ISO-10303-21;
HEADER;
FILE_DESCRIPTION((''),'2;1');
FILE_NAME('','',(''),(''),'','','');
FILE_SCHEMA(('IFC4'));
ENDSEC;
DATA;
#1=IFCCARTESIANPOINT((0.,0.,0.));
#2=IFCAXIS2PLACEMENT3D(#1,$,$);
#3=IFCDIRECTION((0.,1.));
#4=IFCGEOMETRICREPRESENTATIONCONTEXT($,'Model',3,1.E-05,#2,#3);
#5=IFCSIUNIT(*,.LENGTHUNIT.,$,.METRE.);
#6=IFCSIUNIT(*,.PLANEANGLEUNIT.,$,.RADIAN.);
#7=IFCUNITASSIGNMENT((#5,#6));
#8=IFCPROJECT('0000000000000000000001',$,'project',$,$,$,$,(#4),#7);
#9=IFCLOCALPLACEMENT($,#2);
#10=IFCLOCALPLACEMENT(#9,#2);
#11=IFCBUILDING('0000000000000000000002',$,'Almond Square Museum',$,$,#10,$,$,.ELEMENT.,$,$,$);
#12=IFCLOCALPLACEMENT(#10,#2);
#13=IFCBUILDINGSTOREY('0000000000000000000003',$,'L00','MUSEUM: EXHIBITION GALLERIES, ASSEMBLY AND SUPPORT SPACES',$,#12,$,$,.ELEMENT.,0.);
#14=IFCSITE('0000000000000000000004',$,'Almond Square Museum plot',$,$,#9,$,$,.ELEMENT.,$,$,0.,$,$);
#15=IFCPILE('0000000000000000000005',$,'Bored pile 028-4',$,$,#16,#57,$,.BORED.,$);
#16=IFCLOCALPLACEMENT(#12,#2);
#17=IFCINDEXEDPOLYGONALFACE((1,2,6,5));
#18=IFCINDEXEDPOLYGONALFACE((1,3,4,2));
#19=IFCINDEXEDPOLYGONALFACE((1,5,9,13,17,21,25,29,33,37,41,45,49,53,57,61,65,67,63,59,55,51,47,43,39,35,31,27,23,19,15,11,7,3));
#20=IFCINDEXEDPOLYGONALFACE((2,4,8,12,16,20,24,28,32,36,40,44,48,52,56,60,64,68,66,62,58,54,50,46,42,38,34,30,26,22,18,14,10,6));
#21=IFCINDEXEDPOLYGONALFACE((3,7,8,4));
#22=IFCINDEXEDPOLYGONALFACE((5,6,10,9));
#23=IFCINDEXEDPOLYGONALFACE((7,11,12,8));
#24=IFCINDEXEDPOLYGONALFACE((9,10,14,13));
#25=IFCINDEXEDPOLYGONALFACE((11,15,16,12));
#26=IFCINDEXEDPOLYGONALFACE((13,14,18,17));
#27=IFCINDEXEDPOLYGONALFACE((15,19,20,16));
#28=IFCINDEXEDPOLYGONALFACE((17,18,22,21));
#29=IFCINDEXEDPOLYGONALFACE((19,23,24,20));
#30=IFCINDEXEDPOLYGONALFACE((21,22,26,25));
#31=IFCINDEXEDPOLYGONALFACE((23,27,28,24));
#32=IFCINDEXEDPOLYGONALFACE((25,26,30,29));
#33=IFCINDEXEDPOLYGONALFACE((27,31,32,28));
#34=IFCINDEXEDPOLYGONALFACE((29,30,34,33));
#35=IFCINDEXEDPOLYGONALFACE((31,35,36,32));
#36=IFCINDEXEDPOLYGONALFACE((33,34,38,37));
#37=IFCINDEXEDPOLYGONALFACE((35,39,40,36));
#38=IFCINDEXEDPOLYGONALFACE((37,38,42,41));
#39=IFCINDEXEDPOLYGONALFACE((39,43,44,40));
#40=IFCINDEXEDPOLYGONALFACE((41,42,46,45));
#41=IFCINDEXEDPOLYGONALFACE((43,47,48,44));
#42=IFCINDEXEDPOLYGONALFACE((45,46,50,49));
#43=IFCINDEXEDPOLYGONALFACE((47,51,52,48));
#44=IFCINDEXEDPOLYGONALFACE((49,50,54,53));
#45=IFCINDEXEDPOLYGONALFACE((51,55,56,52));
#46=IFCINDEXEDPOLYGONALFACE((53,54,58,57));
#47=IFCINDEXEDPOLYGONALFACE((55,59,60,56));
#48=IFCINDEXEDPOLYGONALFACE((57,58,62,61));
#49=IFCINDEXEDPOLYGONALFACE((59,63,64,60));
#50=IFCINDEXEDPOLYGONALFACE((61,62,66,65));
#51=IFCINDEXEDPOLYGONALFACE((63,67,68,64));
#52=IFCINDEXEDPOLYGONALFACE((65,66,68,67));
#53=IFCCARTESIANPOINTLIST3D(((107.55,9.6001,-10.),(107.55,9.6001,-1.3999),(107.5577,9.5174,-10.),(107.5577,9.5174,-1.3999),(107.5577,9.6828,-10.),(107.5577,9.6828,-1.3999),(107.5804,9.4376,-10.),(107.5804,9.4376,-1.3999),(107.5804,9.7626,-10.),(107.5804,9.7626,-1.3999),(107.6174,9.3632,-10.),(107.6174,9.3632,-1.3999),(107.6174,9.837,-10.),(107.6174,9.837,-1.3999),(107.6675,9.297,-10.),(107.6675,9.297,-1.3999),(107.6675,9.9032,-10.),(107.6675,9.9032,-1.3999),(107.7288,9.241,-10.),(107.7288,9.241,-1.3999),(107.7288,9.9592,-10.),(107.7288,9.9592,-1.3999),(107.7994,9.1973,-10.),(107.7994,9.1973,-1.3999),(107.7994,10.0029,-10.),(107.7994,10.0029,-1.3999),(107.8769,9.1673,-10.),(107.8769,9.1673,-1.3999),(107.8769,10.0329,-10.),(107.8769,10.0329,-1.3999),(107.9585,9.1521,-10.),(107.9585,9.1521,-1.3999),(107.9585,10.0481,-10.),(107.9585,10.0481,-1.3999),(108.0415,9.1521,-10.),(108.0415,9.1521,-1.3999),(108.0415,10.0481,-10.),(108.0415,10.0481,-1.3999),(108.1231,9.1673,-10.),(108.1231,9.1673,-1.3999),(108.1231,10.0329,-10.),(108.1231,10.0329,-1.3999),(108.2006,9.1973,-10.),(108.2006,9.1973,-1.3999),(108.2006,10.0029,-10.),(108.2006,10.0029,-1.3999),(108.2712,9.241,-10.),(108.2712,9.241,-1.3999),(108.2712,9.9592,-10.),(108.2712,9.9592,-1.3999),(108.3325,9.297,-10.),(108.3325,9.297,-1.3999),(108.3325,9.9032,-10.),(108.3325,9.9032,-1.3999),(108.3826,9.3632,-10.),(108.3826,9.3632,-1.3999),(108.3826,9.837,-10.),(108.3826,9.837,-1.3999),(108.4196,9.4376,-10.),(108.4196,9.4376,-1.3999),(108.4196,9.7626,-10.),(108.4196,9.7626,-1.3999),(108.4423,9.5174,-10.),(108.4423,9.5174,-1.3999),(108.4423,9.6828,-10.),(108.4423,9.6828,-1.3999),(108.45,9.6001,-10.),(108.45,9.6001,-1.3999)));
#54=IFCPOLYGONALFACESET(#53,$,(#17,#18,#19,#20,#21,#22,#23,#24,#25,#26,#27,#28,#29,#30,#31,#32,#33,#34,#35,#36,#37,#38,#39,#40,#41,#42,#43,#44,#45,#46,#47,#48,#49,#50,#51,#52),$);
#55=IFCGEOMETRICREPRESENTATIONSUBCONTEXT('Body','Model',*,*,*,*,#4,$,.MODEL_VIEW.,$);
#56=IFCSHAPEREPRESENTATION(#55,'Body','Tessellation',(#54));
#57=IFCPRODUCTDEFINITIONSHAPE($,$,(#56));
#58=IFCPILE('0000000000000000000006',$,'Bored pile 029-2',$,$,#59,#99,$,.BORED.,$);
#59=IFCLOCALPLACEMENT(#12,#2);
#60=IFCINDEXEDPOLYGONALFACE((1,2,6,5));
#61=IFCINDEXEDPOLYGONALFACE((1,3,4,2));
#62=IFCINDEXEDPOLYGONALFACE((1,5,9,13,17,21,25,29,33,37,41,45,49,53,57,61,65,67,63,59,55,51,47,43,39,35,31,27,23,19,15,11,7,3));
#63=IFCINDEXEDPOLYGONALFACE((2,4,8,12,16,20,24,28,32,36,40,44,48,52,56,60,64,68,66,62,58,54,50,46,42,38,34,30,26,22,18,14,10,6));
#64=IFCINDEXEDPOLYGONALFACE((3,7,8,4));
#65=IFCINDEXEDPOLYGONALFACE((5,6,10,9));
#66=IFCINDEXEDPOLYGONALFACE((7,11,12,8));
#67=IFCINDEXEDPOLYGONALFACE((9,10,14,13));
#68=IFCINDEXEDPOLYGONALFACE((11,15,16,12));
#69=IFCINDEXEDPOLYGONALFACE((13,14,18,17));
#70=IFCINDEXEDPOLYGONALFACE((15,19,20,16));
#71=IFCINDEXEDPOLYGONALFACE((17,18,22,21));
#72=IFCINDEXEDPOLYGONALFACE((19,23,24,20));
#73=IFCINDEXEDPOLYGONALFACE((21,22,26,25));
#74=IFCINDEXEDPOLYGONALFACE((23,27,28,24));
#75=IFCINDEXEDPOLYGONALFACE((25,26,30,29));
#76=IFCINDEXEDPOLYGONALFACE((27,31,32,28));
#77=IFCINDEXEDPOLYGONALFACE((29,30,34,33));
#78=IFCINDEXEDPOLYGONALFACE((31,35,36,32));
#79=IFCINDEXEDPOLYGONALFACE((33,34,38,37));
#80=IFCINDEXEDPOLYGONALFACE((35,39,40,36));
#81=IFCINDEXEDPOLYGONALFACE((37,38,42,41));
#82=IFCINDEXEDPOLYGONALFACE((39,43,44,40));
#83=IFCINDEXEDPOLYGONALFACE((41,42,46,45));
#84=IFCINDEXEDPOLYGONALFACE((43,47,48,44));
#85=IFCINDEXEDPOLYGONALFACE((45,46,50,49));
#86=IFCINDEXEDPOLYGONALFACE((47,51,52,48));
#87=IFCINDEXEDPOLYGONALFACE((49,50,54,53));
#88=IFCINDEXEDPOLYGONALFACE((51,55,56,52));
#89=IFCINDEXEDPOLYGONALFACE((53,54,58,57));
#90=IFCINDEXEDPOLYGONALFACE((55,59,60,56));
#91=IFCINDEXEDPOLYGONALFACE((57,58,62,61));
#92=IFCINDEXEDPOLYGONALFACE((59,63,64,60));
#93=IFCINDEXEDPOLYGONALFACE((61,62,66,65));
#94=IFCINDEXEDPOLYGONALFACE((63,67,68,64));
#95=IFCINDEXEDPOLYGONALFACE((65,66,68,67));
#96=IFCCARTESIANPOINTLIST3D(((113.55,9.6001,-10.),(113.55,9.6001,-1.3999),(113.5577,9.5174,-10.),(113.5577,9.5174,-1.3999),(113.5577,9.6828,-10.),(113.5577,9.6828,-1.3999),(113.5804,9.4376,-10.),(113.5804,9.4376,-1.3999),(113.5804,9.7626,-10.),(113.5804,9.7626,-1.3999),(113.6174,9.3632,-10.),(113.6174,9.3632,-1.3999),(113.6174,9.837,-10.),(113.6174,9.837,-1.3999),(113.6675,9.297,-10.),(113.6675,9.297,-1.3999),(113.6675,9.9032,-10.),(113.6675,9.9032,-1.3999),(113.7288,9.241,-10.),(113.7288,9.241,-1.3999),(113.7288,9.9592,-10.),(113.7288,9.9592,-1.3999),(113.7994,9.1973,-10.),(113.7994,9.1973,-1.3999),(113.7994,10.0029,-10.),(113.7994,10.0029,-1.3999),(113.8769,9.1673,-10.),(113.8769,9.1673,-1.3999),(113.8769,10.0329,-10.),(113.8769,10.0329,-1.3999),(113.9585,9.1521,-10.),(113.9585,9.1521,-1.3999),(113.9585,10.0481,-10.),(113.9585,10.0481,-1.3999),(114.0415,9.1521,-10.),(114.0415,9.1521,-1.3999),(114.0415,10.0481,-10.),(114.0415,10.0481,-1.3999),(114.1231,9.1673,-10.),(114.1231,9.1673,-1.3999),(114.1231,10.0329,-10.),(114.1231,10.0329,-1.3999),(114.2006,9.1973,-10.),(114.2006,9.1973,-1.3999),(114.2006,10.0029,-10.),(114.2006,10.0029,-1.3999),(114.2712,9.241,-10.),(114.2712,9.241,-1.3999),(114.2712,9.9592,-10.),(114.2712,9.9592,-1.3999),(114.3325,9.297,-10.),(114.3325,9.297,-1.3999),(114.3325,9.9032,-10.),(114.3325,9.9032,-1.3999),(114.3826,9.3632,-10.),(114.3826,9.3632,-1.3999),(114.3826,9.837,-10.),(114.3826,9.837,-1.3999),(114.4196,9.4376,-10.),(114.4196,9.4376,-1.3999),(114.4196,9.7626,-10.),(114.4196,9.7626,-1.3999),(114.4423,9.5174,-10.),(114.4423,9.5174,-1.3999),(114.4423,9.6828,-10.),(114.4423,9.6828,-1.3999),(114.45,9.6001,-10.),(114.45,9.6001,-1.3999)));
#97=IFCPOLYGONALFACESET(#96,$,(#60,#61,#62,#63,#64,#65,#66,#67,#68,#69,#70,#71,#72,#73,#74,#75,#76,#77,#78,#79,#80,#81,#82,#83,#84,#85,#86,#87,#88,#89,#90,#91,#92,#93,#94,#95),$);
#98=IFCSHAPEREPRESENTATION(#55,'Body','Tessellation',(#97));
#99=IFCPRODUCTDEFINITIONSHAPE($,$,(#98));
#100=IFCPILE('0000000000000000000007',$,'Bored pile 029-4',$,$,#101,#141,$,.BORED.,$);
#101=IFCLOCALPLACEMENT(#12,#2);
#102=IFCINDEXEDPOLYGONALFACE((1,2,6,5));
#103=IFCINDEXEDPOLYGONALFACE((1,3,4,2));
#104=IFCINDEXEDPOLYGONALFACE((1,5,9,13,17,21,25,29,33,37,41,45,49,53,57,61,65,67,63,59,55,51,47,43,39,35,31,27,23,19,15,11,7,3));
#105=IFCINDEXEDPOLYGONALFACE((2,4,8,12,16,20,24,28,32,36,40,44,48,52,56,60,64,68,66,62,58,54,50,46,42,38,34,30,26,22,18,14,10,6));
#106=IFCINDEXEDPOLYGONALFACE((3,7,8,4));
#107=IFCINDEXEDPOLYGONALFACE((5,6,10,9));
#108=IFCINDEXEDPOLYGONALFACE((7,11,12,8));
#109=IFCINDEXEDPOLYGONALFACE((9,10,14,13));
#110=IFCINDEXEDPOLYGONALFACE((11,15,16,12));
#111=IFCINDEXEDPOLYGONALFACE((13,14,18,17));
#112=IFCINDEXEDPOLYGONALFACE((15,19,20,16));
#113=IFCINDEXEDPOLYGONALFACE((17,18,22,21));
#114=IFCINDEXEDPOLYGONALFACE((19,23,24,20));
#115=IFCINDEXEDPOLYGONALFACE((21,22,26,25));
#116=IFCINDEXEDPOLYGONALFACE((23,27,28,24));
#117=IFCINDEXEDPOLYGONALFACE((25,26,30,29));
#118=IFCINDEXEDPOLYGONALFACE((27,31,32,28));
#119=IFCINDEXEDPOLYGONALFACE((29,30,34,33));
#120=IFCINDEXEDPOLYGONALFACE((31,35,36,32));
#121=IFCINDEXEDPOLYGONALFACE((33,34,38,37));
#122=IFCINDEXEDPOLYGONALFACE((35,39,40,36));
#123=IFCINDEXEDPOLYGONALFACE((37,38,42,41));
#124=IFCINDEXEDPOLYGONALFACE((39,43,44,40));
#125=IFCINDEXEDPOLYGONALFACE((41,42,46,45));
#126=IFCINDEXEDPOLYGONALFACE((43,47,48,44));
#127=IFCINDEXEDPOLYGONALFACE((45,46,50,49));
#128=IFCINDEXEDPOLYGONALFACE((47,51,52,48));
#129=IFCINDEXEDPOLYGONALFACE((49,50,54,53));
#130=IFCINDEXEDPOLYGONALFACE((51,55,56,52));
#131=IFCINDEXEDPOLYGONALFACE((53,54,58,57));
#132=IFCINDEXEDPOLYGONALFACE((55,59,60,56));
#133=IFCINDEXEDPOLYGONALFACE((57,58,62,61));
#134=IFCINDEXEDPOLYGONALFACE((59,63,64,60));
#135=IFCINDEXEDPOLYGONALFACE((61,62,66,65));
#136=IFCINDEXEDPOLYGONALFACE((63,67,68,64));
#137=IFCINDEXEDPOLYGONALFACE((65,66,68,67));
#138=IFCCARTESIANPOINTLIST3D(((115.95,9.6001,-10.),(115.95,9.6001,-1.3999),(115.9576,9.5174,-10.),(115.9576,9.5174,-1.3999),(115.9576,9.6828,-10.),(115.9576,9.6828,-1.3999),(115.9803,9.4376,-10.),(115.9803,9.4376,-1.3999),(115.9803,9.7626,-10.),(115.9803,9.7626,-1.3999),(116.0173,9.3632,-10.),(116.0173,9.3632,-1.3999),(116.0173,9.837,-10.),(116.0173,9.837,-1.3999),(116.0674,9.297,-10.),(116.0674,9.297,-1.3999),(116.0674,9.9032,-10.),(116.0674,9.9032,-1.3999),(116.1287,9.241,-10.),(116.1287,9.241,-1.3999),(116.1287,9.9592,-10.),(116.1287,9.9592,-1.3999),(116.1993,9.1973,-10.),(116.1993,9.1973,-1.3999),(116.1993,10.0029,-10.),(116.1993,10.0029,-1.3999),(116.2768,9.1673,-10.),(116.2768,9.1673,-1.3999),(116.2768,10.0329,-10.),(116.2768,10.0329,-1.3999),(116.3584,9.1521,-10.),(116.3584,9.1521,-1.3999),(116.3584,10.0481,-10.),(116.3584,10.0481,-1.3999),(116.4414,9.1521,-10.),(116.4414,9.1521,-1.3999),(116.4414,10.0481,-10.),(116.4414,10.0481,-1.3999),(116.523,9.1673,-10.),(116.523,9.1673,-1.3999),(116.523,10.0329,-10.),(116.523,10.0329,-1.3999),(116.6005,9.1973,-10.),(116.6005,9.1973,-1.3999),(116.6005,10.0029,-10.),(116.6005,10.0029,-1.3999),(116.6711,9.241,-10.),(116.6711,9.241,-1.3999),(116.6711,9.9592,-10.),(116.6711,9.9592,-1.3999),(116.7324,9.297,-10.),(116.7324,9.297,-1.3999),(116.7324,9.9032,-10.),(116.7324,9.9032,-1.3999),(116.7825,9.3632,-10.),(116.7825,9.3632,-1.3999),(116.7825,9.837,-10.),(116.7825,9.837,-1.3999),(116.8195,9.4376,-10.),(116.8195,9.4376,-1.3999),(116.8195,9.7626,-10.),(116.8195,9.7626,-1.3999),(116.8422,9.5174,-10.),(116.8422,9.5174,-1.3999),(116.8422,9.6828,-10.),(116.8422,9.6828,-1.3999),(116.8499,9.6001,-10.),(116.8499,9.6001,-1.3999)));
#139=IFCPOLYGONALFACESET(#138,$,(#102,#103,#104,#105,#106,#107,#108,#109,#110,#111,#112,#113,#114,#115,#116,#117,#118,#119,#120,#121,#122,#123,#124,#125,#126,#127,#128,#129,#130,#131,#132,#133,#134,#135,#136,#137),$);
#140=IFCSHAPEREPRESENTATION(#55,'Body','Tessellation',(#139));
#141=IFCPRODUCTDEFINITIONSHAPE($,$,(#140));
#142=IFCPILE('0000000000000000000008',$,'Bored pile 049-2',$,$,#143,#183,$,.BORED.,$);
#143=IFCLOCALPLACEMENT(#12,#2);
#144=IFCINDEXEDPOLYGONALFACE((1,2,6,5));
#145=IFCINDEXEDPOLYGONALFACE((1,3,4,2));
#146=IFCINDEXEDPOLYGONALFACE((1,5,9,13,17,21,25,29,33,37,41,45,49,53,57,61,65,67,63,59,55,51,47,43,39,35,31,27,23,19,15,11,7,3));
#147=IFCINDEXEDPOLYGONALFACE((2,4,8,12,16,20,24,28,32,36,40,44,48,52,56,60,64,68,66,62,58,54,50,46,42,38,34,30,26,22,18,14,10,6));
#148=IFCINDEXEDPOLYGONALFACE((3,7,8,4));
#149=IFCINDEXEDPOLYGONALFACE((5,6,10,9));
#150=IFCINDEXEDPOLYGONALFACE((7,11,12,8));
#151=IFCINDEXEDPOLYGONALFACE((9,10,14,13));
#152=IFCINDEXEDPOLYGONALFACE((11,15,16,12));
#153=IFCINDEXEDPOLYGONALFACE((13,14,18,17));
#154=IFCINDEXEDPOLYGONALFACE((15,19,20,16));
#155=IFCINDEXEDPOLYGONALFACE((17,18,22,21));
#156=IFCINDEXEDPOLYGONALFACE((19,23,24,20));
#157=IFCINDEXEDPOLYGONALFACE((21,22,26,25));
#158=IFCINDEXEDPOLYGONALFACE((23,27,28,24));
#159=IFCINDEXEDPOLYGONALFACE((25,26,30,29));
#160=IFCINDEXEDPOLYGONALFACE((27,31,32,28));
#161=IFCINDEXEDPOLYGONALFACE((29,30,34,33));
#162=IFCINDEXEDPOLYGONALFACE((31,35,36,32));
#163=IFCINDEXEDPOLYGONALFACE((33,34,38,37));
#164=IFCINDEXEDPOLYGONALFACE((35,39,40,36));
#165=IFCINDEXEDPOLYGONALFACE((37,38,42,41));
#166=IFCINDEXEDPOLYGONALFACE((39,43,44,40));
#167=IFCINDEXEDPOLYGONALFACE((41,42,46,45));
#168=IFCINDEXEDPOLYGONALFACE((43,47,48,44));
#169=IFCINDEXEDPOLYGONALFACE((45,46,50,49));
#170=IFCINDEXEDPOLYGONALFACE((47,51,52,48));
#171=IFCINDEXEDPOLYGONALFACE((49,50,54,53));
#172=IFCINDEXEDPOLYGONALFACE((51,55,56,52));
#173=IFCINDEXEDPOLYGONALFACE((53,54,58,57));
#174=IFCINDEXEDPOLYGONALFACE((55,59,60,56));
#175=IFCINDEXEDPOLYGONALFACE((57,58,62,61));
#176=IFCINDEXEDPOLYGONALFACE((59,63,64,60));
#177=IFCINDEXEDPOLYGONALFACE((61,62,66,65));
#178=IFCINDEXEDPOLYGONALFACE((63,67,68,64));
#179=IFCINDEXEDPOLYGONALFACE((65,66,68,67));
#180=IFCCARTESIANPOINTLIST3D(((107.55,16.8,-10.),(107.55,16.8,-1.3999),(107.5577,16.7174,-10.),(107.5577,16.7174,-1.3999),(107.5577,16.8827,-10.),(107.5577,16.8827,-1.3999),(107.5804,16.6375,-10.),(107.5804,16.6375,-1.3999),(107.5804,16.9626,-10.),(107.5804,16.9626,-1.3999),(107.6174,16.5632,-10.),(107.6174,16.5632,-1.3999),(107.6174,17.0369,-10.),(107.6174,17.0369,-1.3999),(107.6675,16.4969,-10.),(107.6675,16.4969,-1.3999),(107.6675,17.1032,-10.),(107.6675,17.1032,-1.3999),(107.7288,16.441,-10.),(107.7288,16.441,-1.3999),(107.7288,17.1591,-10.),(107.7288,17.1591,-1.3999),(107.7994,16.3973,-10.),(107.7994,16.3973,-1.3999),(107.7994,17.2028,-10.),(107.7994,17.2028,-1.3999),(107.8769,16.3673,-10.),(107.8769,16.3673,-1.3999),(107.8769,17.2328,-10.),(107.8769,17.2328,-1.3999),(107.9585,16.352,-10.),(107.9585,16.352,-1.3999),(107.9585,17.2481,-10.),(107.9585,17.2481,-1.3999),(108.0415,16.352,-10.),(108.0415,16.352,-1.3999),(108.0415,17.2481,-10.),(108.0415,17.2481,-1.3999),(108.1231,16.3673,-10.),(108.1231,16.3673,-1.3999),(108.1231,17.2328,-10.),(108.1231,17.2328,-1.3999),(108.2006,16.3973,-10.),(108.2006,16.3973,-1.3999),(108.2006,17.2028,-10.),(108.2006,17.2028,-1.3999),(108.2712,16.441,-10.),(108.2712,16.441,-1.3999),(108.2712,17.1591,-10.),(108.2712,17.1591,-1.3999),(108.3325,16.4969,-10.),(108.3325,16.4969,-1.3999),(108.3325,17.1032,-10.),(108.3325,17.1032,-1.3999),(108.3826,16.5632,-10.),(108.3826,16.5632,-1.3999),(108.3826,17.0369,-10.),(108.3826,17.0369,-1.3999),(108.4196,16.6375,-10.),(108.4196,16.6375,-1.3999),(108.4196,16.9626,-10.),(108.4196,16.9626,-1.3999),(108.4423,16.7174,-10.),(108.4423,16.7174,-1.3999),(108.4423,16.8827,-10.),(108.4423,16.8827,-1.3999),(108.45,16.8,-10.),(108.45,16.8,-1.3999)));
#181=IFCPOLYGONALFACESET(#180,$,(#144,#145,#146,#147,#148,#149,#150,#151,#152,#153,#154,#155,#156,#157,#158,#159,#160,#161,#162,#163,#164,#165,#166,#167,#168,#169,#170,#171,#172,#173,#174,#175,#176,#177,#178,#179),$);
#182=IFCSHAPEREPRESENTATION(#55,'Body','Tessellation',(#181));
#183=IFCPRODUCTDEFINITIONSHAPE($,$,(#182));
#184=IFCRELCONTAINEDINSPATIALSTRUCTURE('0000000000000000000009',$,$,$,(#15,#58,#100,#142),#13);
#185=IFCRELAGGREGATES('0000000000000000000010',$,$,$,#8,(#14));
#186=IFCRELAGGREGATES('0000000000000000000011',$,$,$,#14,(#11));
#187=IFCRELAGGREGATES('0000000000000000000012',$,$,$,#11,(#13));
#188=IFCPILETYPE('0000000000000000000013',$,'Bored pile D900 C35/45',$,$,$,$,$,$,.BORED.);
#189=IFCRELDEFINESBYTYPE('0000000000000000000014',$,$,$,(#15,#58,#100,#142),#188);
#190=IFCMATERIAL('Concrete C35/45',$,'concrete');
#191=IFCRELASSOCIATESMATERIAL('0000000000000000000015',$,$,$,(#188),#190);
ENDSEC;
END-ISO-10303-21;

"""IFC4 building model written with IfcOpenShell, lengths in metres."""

from ifc_helpers import new_model, si_unit, direction, frame, origin, origin_2d, place, context, subcontext, project, spatial, circle, extrude, material, material_profile, profile_set, type_object, element, save


model = new_model("IFC4")

# Units and contexts
model_context = context("Model", 3, precision=1e-05, world=origin(), true_north=direction((0.0, 1.0)))
body_context = subcontext(model_context, "Body", "Model", "MODEL_VIEW")
ifc_project = project(units=[si_unit("LENGTHUNIT", "METRE"), si_unit("PLANEANGLEUNIT", "RADIAN")], contexts=[model_context])

# Site, building, storey
site_placement = place(None, origin())
site = spatial("IfcSite", under=ifc_project, at=site_placement, Name="Almond Square Museum plot", CompositionType="ELEMENT", RefElevation=0.0)
building_placement = place(site_placement, origin())
building = spatial("IfcBuilding", under=site, at=building_placement, Name="Almond Square Museum", CompositionType="ELEMENT")
storey_placement = place(building_placement, origin())
storey = spatial("IfcBuildingStorey", under=building, at=storey_placement, Name="L00", Description="MUSEUM: EXHIBITION GALLERIES, ASSEMBLY AND SUPPORT SPACES", CompositionType="ELEMENT", Elevation=0.0)

# Piles
ifc_material_1 = material(Name="Concrete C35/45", Category="concrete")
ifc_material_profile_1 = material_profile(ifc_material_1, circle(Radius=0.45, at=origin_2d()))
ifc_profile_set_1 = profile_set([ifc_material_profile_1], Name="Concrete C35/45")
pile_type = type_object("IfcPileType", Name="Bored pile D900 C35/45", PredefinedType="BORED", material=ifc_profile_set_1)
for number, where, z_axis, x_axis, name in (
    (1, (108.0, 9.6001, -1.3999), (0.0, 0.0, -1.0), (1.0, 0.0, 0.0), "Bored pile 028-4"),
    (2, (114.0, 9.6001, -1.3999), (0.0, 0.0, -1.0), (1.0, 0.0, 0.0), "Bored pile 029-2"),
    (3, (116.3999, 9.6001, -1.3999), (0.0, 0.0, -1.0), (1.0, 0.0, 0.0), "Bored pile 029-4"),
    (4, (108.0, 16.8, -1.3999), (0.0, 0.0, -1.0), (1.0, 0.0, 0.0), "Bored pile 049-2"),
):
    element("IfcPile", number, at=place(storey_placement, frame(where, z_axis=z_axis, x_axis=x_axis)), inside=storey, type_object=pile_type, Name=name, PredefinedType="BORED", context=body_context, shape_type="SweptSolid", body=[
        extrude(circle(Radius=0.45, at=origin_2d()), origin(), (0.0, 0.0, 1.0), 8.6001),
    ])

save(model, "model.ifc")
